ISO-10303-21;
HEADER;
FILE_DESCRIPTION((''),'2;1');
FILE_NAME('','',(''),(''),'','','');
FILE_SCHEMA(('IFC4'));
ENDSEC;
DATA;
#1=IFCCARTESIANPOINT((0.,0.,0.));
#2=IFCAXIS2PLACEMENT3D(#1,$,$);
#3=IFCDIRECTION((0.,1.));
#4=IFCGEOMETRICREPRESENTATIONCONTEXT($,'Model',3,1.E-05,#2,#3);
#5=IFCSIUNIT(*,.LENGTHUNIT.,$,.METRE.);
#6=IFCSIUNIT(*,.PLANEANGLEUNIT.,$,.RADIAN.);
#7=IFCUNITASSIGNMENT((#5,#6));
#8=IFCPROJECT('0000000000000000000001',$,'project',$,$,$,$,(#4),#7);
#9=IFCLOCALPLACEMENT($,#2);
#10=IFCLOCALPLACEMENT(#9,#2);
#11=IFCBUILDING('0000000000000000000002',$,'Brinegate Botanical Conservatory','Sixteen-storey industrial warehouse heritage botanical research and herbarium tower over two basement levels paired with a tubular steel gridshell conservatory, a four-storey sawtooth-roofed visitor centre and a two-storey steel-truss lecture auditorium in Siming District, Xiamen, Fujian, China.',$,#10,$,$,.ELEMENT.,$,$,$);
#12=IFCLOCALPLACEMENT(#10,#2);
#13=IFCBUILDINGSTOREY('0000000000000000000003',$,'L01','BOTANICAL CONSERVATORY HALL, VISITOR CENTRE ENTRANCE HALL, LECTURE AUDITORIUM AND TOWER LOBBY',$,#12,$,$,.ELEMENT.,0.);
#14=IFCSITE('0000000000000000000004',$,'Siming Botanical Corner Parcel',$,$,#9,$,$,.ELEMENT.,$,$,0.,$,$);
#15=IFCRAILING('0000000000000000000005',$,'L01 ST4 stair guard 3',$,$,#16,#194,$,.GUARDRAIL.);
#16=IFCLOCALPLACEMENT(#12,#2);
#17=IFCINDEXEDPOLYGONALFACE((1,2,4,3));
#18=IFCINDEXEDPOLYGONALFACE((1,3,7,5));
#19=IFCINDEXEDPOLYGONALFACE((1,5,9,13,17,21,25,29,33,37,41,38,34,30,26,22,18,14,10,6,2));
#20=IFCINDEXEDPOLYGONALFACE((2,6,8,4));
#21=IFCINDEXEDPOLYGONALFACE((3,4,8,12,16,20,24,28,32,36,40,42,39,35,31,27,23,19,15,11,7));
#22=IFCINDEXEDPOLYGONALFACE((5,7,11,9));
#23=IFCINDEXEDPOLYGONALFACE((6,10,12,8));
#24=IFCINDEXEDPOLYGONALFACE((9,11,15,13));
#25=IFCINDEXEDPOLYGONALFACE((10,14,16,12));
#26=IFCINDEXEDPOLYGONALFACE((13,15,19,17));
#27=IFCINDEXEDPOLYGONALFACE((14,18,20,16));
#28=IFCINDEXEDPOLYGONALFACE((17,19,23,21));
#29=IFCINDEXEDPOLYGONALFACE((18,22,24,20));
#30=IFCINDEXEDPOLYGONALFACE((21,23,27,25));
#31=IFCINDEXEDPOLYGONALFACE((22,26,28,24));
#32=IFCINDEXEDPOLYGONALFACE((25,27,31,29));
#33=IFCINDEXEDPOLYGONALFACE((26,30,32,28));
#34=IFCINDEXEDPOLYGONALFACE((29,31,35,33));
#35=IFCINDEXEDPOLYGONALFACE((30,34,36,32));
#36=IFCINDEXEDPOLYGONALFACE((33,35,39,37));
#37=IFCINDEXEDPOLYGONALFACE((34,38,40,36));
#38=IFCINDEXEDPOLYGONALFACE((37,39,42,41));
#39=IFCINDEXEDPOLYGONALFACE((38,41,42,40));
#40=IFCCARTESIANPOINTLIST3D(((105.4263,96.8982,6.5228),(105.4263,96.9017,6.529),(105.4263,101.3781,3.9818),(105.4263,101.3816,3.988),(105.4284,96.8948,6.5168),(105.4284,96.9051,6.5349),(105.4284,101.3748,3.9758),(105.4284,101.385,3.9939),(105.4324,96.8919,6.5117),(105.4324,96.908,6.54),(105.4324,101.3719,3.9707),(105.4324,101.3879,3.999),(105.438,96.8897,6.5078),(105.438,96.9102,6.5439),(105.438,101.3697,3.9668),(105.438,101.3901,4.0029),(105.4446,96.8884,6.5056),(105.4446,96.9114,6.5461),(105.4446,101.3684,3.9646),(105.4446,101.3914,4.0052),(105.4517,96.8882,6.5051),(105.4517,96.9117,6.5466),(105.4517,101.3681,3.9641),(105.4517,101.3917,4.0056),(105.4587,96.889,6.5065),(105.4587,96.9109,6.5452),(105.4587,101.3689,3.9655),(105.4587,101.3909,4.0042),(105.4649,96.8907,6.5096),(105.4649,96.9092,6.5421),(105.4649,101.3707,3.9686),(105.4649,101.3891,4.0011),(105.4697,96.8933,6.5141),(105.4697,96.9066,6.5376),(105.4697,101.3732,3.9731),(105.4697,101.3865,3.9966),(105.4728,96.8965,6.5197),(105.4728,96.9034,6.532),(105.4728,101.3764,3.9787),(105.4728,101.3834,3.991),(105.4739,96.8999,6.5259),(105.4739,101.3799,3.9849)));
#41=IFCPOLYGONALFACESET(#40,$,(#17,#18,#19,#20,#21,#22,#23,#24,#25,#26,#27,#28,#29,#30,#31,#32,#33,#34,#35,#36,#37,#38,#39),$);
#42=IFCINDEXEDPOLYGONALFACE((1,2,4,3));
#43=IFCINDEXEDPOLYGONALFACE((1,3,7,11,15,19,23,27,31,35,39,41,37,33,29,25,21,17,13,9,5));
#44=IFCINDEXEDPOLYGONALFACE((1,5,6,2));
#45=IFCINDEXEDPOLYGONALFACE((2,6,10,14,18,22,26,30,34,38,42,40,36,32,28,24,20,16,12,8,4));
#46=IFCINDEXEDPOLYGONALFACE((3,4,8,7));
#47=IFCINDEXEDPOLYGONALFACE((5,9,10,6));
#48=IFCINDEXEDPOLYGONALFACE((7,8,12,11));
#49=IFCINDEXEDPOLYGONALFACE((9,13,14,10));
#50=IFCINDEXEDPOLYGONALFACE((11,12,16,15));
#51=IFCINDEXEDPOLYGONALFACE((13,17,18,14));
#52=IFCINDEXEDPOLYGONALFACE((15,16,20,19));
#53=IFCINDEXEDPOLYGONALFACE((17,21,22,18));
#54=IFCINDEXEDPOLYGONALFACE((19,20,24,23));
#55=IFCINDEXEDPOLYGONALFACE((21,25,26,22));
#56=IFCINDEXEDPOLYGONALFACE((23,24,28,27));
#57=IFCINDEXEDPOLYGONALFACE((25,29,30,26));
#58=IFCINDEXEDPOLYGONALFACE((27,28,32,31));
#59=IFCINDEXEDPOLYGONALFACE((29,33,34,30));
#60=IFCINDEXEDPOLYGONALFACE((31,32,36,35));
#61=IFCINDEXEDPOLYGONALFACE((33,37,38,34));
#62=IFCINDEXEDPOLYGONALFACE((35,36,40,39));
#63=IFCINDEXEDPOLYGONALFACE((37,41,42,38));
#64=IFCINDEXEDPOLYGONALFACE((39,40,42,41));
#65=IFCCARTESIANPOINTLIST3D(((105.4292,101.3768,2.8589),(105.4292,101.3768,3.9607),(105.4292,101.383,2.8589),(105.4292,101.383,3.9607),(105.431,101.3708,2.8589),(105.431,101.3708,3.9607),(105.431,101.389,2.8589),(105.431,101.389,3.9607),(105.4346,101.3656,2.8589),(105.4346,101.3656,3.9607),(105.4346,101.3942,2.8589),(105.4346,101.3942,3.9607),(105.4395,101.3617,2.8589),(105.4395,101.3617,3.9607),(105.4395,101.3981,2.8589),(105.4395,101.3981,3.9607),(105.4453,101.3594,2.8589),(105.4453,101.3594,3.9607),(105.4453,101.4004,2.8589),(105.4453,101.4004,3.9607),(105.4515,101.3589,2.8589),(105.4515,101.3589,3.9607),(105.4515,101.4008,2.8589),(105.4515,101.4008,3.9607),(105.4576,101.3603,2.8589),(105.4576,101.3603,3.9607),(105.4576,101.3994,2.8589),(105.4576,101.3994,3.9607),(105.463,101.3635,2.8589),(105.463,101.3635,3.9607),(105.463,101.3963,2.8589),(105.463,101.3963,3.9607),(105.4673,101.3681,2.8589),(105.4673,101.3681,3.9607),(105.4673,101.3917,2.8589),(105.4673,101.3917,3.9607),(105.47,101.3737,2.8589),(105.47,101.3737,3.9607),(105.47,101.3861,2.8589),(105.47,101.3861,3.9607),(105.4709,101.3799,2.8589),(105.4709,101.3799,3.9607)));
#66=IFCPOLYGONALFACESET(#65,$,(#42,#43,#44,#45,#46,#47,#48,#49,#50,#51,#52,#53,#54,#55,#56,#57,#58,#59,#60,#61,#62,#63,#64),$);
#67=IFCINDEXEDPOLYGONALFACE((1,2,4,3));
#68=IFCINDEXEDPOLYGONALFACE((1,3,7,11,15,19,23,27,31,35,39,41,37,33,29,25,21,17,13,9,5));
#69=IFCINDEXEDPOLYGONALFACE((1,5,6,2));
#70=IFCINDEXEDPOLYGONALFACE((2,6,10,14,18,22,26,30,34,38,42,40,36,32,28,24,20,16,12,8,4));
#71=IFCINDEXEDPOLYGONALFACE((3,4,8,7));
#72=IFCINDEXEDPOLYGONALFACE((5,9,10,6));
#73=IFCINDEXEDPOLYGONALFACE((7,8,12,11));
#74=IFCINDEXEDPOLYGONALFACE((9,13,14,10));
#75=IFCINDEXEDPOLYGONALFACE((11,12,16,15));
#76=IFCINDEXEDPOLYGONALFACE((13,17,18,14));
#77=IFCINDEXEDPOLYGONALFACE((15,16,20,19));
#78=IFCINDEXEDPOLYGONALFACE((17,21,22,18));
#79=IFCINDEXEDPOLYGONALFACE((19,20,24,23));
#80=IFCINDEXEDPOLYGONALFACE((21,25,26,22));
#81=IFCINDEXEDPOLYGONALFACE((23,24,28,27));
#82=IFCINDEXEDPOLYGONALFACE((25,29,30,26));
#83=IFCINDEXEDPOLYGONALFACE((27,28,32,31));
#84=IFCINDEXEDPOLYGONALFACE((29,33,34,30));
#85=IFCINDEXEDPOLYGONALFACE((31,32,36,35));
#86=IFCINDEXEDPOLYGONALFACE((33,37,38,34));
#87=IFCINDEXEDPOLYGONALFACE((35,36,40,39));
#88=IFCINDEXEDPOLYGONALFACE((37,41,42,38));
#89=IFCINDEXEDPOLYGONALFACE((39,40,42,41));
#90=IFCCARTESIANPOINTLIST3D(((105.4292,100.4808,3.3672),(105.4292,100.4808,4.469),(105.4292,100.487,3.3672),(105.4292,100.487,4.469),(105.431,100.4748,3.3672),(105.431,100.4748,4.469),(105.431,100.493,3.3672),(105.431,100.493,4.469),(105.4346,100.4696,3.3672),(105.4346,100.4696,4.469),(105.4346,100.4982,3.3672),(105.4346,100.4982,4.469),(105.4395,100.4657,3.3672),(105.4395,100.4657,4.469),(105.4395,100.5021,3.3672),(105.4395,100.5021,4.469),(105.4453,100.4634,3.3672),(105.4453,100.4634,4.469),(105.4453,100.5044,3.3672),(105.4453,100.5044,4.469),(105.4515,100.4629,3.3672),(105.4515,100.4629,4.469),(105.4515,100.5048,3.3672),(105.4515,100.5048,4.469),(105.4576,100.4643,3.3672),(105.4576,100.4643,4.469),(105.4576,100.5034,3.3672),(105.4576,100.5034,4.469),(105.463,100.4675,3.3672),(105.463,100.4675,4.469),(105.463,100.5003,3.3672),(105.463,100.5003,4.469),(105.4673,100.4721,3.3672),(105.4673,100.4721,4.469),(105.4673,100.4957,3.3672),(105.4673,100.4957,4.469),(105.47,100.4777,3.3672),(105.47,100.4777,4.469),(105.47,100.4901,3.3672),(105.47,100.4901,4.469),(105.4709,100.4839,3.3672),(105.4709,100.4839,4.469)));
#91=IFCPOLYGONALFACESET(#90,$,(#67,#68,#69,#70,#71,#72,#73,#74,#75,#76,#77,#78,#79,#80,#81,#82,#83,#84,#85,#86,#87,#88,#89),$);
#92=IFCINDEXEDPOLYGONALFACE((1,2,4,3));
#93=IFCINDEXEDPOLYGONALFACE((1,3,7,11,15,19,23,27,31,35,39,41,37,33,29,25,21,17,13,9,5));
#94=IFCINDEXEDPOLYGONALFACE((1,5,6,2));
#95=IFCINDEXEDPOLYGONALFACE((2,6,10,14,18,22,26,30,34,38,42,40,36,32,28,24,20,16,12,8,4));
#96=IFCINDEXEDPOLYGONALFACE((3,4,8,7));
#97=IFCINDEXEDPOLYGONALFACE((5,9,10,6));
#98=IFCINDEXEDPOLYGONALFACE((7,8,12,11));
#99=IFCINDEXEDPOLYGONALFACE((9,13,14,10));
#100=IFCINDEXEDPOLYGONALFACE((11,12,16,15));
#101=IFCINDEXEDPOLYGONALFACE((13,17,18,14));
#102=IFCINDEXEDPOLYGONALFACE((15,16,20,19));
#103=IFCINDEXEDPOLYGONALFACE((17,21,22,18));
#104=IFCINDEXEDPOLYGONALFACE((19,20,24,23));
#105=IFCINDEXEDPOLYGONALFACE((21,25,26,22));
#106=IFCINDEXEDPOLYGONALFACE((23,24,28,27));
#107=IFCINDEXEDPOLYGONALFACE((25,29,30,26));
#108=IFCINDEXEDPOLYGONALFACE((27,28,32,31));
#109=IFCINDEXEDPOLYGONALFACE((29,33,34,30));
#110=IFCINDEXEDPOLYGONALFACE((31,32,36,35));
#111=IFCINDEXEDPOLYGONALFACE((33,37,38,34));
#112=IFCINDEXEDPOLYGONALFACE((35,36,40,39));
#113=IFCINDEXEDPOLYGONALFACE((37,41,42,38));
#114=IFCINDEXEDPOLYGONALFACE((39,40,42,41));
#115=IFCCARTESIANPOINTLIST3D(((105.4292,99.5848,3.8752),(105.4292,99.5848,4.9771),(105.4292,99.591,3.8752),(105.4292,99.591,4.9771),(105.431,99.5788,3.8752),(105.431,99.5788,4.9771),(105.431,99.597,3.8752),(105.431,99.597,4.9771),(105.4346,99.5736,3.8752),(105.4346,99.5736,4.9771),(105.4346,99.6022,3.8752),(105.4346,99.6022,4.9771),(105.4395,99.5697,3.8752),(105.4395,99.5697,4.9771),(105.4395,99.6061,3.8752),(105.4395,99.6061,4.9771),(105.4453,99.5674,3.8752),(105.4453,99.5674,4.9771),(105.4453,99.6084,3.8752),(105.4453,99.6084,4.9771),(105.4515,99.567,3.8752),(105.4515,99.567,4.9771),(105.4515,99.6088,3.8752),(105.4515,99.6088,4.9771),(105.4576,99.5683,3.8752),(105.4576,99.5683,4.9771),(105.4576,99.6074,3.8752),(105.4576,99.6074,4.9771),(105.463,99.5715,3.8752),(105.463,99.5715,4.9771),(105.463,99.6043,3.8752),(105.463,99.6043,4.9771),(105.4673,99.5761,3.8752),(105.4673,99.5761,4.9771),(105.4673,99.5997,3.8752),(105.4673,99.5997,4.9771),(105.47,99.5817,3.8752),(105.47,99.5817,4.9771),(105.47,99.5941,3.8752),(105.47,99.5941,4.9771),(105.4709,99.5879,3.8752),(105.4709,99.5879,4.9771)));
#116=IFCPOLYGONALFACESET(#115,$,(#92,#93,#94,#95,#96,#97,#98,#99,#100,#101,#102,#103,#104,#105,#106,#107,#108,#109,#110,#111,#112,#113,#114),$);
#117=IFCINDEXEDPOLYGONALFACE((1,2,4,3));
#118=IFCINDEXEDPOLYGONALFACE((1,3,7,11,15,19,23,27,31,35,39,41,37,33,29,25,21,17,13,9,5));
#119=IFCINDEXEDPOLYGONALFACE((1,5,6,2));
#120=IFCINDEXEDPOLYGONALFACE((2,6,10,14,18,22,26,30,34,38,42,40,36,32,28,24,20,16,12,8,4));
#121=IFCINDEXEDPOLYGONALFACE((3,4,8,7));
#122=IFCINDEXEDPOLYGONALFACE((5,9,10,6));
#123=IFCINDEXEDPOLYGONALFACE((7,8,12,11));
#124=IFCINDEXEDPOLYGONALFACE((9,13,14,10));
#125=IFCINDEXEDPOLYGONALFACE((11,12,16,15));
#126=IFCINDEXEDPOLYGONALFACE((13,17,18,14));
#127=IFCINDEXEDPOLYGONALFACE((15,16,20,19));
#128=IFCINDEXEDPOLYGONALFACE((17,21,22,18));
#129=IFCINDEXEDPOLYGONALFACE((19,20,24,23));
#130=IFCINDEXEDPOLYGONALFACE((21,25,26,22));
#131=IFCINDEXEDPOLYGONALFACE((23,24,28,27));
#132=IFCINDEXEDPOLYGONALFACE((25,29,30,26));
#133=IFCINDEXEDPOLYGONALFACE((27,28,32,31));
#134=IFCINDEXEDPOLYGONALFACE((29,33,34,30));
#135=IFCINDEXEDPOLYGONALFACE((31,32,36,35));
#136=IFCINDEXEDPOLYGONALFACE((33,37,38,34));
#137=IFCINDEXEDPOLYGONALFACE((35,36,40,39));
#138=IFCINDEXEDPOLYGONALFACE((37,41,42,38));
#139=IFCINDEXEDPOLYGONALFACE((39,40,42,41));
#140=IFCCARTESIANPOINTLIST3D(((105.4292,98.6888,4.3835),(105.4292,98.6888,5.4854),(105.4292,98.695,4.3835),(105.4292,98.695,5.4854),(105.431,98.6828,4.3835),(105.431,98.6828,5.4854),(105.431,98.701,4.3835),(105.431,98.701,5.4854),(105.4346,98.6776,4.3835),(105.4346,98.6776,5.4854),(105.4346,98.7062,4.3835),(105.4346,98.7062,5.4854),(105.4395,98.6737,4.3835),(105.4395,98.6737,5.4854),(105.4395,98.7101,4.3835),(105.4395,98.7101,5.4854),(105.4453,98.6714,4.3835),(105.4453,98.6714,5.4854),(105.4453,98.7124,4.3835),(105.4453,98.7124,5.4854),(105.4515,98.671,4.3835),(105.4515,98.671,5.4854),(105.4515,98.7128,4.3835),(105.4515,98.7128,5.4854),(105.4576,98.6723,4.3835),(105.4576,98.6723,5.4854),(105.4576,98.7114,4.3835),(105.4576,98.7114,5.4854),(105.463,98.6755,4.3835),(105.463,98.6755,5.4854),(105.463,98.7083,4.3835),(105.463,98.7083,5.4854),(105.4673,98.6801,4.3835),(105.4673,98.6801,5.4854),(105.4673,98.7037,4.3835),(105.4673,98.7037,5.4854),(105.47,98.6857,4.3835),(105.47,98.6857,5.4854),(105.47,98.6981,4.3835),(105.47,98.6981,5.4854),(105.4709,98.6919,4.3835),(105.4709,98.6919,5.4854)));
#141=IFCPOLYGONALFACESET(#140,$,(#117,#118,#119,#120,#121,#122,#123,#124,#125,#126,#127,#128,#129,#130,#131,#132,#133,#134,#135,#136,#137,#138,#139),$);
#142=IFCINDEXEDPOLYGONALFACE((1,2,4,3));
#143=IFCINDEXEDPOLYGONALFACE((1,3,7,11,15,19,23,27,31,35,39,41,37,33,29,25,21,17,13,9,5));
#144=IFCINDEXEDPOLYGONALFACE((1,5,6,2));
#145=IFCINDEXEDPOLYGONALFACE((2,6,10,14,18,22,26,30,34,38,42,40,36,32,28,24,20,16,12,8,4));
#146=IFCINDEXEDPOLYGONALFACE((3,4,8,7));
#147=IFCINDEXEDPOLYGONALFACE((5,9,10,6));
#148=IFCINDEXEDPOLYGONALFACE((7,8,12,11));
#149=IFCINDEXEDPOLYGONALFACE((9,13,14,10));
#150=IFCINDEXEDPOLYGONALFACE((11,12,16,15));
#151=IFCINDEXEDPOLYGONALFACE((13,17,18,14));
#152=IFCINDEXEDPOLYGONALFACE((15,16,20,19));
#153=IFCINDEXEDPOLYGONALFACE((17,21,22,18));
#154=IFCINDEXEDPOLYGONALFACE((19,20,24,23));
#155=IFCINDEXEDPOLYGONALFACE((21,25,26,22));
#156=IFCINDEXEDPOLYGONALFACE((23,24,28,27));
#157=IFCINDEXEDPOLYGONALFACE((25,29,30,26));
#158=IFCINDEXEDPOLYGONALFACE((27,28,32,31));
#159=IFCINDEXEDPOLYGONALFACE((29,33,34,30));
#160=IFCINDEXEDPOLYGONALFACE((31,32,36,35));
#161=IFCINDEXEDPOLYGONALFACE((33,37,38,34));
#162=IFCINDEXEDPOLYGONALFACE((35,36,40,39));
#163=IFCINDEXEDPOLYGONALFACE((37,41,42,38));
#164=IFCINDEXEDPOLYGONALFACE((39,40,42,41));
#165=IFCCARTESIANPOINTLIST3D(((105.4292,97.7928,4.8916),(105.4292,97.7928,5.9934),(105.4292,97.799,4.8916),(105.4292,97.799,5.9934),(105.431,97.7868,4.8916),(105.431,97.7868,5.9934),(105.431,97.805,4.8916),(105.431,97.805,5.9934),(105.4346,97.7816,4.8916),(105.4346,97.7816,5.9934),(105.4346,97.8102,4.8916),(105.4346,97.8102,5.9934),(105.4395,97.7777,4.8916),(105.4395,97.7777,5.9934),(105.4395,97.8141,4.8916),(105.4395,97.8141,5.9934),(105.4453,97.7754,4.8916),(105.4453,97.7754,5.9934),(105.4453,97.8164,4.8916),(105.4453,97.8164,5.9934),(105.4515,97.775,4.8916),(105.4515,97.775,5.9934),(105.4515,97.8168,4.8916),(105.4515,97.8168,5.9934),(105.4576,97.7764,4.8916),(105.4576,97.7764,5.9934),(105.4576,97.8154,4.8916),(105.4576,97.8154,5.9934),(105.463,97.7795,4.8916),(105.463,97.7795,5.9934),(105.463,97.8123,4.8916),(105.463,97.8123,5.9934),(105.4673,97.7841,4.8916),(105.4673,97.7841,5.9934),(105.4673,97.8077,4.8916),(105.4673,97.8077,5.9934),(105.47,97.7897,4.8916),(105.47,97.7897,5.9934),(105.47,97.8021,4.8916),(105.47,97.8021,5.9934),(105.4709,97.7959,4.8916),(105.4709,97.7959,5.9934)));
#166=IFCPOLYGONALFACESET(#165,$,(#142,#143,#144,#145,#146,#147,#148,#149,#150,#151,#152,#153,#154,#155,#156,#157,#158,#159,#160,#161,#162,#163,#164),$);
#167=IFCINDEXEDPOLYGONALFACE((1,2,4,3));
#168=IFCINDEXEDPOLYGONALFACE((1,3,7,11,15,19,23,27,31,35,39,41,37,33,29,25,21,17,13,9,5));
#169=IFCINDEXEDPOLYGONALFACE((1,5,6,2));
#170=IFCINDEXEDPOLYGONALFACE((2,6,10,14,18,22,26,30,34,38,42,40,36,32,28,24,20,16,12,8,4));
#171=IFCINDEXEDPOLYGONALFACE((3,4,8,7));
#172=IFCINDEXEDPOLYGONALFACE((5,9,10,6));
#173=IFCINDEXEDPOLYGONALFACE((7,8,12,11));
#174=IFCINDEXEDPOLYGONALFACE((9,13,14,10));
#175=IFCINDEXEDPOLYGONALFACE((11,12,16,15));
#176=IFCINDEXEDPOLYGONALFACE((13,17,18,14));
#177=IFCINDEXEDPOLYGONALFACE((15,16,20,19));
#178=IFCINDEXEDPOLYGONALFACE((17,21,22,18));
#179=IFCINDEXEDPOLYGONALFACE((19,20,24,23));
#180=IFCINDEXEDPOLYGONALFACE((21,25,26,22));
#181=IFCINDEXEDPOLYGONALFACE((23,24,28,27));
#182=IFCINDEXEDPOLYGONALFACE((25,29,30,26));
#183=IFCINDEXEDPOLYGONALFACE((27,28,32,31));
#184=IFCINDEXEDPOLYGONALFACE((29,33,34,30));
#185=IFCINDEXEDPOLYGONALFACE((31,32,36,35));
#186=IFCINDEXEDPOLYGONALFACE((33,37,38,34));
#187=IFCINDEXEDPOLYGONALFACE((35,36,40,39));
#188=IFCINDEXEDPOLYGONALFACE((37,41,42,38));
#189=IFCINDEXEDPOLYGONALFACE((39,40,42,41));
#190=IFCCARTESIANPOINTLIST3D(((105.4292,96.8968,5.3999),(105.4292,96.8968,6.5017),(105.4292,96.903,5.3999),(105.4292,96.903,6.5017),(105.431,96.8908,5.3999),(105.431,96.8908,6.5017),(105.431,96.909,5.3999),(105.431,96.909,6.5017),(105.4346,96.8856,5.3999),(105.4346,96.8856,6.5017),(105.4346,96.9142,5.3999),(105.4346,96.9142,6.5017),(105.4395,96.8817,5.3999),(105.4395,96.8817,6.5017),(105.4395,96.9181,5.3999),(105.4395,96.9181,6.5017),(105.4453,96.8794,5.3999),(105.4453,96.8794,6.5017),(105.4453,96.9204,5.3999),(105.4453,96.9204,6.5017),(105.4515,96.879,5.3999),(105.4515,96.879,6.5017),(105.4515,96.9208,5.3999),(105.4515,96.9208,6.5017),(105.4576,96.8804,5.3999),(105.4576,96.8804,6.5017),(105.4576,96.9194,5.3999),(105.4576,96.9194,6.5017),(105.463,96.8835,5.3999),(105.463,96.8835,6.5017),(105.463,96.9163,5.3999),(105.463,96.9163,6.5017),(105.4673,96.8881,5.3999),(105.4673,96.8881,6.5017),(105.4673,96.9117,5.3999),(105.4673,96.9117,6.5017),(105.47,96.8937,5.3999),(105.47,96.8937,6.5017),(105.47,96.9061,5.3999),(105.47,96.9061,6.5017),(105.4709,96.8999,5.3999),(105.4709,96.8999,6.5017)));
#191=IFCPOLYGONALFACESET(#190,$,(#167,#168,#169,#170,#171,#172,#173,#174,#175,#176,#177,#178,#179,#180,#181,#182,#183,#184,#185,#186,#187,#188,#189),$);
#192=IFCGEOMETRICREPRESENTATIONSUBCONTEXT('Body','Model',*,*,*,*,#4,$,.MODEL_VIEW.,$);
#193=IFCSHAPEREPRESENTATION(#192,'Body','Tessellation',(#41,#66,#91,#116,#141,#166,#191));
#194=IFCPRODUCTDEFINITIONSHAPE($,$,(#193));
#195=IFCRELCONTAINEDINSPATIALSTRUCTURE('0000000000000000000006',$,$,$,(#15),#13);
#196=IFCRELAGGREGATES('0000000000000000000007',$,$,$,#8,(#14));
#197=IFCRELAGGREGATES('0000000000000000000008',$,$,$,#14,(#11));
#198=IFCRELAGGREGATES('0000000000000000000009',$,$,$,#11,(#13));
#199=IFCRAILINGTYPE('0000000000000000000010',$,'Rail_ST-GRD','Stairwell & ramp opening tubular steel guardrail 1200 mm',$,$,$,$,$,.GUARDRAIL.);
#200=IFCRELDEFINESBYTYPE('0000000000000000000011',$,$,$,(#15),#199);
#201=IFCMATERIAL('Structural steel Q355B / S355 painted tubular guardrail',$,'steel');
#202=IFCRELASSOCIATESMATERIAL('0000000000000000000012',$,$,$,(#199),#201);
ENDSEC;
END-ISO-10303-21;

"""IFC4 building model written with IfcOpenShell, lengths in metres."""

from ifc_helpers import new_model, si_unit, direction, frame, origin, origin_2d, place, context, subcontext, project, spatial, circle, extrude, material, type_object, element, save


model = new_model("IFC4")

# Units and contexts
model_context = context("Model", 3, precision=1e-05, world=origin(), true_north=direction((0.0, 1.0)))
body_context = subcontext(model_context, "Body", "Model", "MODEL_VIEW")
ifc_project = project(units=[si_unit("LENGTHUNIT", "METRE"), si_unit("PLANEANGLEUNIT", "RADIAN")], contexts=[model_context])

# Site, building, storey
site_placement = place(None, origin())
site = spatial("IfcSite", under=ifc_project, at=site_placement, Name="Siming Botanical Corner Parcel", CompositionType="ELEMENT", RefElevation=0.0)
building_placement = place(site_placement, origin())
building = spatial("IfcBuilding", under=site, at=building_placement, Name="Brinegate Botanical Conservatory", Description="Sixteen-storey industrial warehouse heritage botanical research and herbarium tower over two basement levels paired with a tubular steel gridshell conservatory, a four-storey sawtooth-roofed visitor centre and a two-storey steel-truss lecture auditorium in Siming District, Xiamen, Fujian, China.", CompositionType="ELEMENT")
storey_placement = place(building_placement, origin())
storey = spatial("IfcBuildingStorey", under=building, at=storey_placement, Name="L01", Description="BOTANICAL CONSERVATORY HALL, VISITOR CENTRE ENTRANCE HALL, LECTURE AUDITORIUM AND TOWER LOBBY", CompositionType="ELEMENT", Elevation=0.0)

# Railing
ifc_material_1 = material(Name="Structural steel Q355B / S355 painted tubular guardrail", Category="steel")
railing_type_1 = type_object("IfcRailingType", Name="Rail_ST-GRD", Description="Stairwell & ramp opening tubular steel guardrail 1200 mm", PredefinedType="GUARDRAIL", material=ifc_material_1)
railing_1_placement = place(storey_placement, frame((105.45, 101.3799, 2.8589)))
element("IfcRailing", 1, at=railing_1_placement, inside=storey, type_object=railing_type_1, Name="L01 ST4 stair guard 3", PredefinedType="GUARDRAIL", context=body_context, shape_type="SweptSolid", body=[
    extrude(circle(Radius=0.0239, at=origin_2d()), frame((0.0, 0.0, 1.126), z_axis=(0.0, -0.869826, 0.493359), x_axis=(1.0, 0.0, 0.0)), (0.0, 0.0, 1.0), 5.1504),
    extrude(circle(Radius=0.021, at=origin_2d()), origin(), (0.0, 0.0, 1.0), 1.1018),
    extrude(circle(Radius=0.021, at=origin_2d()), frame((0.0, -0.896, 0.5083)), (0.0, 0.0, 1.0), 1.1018),
    extrude(circle(Radius=0.021, at=origin_2d()), frame((0.0, -1.792, 1.0164)), (0.0, 0.0, 1.0), 1.1018),
    extrude(circle(Radius=0.021, at=origin_2d()), frame((0.0, -2.688, 1.5247)), (0.0, 0.0, 1.0), 1.1018),
    extrude(circle(Radius=0.021, at=origin_2d()), frame((0.0, -3.584, 2.0327)), (0.0, 0.0, 1.0), 1.1018),
    extrude(circle(Radius=0.021, at=origin_2d()), frame((0.0, -4.48, 2.541)), (0.0, 0.0, 1.0), 1.1018),
])

save(model, "model.ifc")
